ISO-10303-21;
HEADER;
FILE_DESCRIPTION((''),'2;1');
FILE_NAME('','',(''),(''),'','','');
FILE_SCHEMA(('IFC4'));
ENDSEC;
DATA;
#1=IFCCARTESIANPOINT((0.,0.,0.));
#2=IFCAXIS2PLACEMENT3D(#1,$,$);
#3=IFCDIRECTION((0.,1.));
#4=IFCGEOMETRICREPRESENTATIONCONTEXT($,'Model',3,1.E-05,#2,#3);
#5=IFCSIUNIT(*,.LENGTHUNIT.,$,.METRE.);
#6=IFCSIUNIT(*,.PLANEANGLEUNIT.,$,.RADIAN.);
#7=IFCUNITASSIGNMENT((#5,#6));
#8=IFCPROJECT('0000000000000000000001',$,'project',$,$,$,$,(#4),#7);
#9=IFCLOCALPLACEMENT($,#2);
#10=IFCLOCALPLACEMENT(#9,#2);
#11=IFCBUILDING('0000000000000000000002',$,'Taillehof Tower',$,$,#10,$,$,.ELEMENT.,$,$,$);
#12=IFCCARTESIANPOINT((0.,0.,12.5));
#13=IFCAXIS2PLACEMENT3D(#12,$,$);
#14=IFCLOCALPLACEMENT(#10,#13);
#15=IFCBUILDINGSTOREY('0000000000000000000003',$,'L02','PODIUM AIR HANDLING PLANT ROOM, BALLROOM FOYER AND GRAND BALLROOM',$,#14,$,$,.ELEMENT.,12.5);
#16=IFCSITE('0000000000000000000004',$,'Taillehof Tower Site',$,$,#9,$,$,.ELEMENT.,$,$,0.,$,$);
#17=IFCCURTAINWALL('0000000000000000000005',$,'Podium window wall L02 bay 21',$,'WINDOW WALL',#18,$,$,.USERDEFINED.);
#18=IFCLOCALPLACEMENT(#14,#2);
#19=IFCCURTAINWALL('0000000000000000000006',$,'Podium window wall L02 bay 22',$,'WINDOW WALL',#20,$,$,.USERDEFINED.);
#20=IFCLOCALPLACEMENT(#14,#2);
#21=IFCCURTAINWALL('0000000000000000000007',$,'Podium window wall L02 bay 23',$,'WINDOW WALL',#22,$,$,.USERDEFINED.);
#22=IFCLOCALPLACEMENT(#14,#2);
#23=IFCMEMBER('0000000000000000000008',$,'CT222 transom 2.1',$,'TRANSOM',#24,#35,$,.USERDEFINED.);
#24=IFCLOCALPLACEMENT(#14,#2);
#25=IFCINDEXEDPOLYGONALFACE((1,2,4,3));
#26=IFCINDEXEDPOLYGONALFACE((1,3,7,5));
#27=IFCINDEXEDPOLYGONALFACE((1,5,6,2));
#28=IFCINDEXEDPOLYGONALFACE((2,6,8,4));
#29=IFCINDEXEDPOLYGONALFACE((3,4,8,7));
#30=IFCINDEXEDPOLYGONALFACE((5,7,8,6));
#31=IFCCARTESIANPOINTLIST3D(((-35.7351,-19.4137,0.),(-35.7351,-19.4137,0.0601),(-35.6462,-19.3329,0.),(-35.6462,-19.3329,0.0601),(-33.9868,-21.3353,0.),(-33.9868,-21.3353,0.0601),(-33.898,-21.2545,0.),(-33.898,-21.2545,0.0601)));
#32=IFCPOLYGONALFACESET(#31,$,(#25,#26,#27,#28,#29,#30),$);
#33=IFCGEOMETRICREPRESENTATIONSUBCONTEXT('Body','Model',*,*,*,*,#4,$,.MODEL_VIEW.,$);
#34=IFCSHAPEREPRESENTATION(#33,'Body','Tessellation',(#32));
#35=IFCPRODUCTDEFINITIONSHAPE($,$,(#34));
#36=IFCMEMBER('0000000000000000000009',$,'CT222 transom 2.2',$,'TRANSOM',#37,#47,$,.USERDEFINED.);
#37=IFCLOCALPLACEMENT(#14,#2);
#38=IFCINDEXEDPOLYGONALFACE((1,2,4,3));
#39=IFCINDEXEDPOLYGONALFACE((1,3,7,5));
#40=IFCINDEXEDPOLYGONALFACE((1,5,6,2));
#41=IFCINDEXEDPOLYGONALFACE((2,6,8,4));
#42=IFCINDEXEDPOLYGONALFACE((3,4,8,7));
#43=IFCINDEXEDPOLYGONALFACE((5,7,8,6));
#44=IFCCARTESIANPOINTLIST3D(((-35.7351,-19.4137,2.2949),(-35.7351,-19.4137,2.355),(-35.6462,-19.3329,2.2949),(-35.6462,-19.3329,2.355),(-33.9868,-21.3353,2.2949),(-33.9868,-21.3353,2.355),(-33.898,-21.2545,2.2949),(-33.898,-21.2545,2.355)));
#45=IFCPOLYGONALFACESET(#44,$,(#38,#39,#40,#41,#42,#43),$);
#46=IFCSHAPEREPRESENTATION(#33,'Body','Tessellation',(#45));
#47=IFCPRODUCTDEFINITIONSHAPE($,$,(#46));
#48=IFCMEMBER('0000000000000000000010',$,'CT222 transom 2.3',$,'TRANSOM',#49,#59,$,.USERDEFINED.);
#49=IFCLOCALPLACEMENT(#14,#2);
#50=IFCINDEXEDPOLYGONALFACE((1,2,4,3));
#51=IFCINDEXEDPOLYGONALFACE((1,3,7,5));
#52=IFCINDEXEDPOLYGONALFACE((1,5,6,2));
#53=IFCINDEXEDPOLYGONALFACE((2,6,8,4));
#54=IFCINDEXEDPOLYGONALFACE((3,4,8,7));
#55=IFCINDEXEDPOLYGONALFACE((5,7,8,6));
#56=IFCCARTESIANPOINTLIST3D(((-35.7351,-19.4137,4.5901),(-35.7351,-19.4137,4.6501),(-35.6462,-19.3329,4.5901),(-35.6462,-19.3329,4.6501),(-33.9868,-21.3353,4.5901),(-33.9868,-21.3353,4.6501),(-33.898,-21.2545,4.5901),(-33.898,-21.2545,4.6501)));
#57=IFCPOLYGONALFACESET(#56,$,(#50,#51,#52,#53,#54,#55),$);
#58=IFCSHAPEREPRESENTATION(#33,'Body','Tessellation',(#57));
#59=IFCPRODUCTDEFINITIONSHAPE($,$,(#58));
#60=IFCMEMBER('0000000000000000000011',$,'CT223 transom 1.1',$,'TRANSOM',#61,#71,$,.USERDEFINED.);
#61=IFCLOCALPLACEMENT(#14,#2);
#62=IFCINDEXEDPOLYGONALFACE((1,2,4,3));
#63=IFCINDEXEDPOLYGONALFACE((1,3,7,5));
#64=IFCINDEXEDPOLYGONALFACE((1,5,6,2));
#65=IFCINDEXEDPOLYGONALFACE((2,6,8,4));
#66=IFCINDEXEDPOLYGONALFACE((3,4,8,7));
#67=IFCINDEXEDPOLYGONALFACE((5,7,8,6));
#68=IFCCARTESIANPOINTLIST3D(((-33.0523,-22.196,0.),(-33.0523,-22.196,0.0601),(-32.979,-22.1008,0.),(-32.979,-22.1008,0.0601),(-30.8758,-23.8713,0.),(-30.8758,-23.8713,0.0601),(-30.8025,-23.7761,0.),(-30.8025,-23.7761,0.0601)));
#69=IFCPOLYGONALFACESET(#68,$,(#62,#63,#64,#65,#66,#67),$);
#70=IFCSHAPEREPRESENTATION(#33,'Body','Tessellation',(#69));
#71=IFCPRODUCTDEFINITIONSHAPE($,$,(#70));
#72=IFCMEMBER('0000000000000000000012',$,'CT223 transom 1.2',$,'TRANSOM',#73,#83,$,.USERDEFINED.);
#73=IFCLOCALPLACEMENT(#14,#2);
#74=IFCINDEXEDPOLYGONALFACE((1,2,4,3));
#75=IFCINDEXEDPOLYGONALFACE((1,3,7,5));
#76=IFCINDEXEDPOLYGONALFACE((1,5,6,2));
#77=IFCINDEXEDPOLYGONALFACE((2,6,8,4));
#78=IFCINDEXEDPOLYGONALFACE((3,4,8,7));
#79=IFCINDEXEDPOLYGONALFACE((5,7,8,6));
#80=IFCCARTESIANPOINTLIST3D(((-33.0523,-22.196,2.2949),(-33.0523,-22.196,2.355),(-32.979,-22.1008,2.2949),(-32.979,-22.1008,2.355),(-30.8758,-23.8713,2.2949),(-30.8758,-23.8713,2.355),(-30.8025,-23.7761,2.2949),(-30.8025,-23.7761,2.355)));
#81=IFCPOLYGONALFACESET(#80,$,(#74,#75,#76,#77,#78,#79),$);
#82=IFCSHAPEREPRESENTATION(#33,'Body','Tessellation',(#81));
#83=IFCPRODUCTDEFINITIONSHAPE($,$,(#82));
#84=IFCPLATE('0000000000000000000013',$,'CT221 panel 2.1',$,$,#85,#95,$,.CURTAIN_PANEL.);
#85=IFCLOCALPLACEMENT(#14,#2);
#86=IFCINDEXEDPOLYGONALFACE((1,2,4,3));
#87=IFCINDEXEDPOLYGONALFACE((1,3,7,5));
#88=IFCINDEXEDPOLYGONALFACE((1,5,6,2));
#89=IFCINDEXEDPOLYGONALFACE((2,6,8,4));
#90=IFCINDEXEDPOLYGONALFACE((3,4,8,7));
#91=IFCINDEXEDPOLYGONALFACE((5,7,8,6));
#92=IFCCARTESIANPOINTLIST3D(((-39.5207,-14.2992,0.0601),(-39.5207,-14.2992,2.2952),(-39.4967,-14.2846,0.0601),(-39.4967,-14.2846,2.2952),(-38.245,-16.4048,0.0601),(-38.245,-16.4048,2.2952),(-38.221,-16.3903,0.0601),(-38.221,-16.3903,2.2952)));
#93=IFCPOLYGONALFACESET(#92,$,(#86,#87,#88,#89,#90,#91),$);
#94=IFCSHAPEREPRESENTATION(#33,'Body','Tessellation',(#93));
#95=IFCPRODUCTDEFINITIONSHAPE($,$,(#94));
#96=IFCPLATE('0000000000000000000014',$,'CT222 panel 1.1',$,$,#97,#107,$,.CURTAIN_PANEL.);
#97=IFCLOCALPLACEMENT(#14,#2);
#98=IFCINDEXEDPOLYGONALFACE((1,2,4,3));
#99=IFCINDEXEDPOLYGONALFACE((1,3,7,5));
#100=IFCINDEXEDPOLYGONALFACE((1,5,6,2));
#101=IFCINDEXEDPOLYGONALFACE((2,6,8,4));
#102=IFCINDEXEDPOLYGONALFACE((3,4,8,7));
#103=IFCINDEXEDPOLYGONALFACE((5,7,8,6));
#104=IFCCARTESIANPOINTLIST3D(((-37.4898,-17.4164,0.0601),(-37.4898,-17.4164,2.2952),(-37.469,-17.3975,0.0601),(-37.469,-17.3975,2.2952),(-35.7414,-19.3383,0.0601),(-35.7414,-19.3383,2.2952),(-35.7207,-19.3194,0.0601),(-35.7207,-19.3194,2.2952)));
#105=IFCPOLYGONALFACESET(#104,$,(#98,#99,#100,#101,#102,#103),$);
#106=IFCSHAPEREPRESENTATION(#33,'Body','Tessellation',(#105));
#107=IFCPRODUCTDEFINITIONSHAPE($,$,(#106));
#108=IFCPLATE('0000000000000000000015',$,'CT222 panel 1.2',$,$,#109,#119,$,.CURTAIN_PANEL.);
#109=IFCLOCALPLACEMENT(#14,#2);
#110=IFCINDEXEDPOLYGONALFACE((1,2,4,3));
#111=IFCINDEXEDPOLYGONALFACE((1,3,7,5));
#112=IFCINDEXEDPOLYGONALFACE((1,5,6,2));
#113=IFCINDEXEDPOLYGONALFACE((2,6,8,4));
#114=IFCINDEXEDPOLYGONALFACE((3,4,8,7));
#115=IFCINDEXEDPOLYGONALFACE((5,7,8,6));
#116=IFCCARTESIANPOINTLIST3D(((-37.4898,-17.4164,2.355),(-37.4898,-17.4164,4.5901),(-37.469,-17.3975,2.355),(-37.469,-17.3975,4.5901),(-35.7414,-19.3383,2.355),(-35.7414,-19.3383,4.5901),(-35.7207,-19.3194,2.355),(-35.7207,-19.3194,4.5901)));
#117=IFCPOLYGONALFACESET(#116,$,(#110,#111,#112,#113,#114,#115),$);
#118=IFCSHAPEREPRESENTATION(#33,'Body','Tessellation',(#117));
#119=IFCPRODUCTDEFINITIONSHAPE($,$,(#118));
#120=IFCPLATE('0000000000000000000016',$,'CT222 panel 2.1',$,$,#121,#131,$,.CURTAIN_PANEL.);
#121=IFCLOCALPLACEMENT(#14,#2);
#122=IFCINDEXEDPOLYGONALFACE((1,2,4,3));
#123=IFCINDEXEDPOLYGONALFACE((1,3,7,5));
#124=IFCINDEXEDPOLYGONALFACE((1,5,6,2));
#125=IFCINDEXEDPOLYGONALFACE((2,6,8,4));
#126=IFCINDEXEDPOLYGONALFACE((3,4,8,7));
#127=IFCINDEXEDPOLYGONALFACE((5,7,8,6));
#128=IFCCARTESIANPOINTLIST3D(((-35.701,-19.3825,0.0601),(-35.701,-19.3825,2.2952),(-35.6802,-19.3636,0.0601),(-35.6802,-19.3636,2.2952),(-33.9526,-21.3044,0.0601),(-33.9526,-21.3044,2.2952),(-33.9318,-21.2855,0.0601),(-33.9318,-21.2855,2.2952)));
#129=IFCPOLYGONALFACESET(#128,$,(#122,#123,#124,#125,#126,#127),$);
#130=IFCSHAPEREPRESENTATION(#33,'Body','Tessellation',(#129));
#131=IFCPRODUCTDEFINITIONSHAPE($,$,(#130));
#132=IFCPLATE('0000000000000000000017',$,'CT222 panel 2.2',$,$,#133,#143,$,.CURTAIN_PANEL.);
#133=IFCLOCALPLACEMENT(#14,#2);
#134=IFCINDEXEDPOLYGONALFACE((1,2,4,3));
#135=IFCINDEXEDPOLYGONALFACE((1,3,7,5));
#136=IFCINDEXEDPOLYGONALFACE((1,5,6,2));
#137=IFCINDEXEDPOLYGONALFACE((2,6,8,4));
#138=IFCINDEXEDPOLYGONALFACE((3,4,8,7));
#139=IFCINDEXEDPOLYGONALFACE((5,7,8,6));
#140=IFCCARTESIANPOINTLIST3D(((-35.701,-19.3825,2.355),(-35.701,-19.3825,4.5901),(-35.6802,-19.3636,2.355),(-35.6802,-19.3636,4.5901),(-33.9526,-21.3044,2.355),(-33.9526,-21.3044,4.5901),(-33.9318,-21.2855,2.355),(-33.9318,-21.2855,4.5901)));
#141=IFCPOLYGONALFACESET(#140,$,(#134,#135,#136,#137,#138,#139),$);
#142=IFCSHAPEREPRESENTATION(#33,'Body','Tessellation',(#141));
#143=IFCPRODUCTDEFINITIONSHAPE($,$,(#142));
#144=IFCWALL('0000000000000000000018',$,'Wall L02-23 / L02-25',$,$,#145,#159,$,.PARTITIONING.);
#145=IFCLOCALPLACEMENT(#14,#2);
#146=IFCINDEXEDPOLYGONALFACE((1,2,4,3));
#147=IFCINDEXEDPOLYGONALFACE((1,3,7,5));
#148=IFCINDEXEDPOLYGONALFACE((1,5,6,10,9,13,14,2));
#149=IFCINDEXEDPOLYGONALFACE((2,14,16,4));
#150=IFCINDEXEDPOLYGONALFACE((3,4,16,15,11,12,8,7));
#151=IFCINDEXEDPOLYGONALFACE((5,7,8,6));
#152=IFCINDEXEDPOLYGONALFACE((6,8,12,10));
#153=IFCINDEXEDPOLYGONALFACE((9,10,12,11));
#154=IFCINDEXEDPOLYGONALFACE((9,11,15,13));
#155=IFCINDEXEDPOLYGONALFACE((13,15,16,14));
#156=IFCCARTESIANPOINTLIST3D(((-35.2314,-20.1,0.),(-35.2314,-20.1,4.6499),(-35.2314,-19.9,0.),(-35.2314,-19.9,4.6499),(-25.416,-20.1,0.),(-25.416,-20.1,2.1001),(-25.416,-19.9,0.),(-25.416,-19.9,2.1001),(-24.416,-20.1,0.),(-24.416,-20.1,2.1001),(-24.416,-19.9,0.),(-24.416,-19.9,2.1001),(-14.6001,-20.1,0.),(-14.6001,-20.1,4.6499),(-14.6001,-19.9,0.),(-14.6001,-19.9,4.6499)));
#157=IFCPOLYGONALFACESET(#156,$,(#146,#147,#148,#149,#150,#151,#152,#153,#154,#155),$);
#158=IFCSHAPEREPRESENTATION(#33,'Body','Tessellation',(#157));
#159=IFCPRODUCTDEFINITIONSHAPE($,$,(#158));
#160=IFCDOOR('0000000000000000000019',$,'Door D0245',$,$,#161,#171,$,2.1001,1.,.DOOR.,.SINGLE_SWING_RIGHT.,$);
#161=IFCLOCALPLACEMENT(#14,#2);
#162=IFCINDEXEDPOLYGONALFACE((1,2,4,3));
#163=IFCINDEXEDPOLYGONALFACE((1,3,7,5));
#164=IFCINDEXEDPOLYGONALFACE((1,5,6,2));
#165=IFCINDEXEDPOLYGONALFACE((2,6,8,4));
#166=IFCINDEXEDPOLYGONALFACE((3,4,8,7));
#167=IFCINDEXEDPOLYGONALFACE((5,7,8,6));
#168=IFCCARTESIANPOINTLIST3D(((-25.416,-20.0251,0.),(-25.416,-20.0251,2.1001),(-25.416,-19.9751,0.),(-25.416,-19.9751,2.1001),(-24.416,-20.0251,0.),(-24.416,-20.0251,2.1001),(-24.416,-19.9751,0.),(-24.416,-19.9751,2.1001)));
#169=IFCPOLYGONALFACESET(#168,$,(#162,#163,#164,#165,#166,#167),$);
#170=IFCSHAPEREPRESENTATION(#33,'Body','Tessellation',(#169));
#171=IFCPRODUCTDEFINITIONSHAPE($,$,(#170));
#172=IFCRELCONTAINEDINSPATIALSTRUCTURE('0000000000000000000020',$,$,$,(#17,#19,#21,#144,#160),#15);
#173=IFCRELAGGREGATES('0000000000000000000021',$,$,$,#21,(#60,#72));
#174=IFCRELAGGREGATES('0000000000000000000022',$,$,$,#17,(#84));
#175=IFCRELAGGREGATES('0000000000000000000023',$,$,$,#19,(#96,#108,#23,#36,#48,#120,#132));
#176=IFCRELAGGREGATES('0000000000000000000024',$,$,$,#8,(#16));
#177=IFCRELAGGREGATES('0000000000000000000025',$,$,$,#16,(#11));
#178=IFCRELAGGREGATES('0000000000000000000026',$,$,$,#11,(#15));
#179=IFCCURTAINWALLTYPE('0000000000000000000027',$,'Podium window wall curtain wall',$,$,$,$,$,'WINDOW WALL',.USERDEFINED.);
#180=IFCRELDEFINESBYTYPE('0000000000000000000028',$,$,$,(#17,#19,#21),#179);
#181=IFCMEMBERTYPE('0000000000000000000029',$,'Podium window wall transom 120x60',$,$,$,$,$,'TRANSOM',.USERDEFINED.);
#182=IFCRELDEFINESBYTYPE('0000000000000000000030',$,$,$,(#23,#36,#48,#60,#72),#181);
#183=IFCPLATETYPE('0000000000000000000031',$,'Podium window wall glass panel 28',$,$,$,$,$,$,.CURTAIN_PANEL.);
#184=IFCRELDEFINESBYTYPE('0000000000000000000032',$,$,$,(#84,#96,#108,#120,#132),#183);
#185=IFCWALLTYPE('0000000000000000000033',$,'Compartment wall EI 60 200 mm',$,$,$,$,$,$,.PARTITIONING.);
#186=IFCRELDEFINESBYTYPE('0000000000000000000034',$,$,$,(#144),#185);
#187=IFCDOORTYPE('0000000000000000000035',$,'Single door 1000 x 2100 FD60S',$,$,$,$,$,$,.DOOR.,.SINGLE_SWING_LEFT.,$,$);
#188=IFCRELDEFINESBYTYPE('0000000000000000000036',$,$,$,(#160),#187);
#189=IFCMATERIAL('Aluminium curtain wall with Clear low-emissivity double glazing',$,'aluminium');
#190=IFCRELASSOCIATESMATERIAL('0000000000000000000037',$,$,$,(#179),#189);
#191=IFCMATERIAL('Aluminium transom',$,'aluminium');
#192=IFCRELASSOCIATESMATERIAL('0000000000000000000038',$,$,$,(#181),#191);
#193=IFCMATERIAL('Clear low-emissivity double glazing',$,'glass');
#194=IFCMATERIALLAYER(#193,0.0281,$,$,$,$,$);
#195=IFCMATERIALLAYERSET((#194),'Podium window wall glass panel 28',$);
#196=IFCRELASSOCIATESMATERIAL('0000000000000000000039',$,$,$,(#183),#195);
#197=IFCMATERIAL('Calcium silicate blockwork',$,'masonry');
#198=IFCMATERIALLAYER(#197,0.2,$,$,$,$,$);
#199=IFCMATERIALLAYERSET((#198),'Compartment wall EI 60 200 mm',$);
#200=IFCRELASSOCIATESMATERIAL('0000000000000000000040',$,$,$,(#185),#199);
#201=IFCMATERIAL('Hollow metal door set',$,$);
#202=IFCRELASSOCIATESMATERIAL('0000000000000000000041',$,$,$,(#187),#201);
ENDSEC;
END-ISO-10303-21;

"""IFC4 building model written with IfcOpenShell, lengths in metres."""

from ifc_helpers import new_model, si_unit, direction, frame, frame_2d, origin, origin_2d, place, context, subcontext, project, spatial, rectangle, extrude, material, layer, layer_set, material_profile, profile_set, type_object, element, fill, aggregate, save


model = new_model("IFC4")

# Units and contexts
model_context = context("Model", 3, precision=1e-05, world=origin(), true_north=direction((0.0, 1.0)))
body_context = subcontext(model_context, "Body", "Model", "MODEL_VIEW")
ifc_project = project(units=[si_unit("LENGTHUNIT", "METRE"), si_unit("PLANEANGLEUNIT", "RADIAN")], contexts=[model_context])

# Site, building, storey
site_placement = place(None, origin())
site = spatial("IfcSite", under=ifc_project, at=site_placement, Name="Taillehof Tower Site", CompositionType="ELEMENT", RefElevation=0.0)
building_placement = place(site_placement, origin())
building = spatial("IfcBuilding", under=site, at=building_placement, Name="Taillehof Tower", CompositionType="ELEMENT")
storey_placement = place(building_placement, frame((0.0, 0.0, 12.5)))
storey = spatial("IfcBuildingStorey", under=building, at=storey_placement, Name="L02", Description="PODIUM AIR HANDLING PLANT ROOM, BALLROOM FOYER AND GRAND BALLROOM", CompositionType="ELEMENT", Elevation=12.5)

# Curtain wall
ifc_material_1 = material(Name="Aluminium curtain wall with Clear low-emissivity double glazing", Category="aluminium")
curtain_wall_type = type_object("IfcCurtainWallType", Name="Podium window wall curtain wall", ElementType="WINDOW WALL", PredefinedType="USERDEFINED", material=ifc_material_1)
curtain_wall_1_placement = place(storey_placement, origin())
curtain_wall_1 = element("IfcCurtainWall", 1, at=curtain_wall_1_placement, inside=storey, type_object=curtain_wall_type, Name="Podium window wall L02 bay 21", ObjectType="WINDOW WALL", PredefinedType="USERDEFINED")

# Curtain wall
curtain_wall_2_placement = place(storey_placement, origin())
curtain_wall_2 = element("IfcCurtainWall", 2, at=curtain_wall_2_placement, inside=storey, type_object=curtain_wall_type, Name="Podium window wall L02 bay 22", ObjectType="WINDOW WALL", PredefinedType="USERDEFINED")

# Curtain wall
curtain_wall_3_placement = place(storey_placement, origin())
curtain_wall_3 = element("IfcCurtainWall", 3, at=curtain_wall_3_placement, inside=storey, type_object=curtain_wall_type, Name="Podium window wall L02 bay 23", ObjectType="WINDOW WALL", PredefinedType="USERDEFINED")

# Members
ifc_material_2 = material(Name="Aluminium transom", Category="aluminium")
ifc_material_profile_1 = material_profile(ifc_material_2, rectangle(XDim=0.1201, YDim=0.0601, at=origin_2d()), Name="AL 120x60")
ifc_profile_set_1 = profile_set([ifc_material_profile_1], Name="Aluminium transom")
member_type_1 = type_object("IfcMemberType", Name="Podium window wall transom 120x60", ElementType="TRANSOM", PredefinedType="USERDEFINED", material=ifc_profile_set_1)
member_1_placement = place(storey_placement, frame((-35.6907, -19.3733, 0.03), z_axis=(0.672958, -0.739681, 0.0), x_axis=(0.739681, 0.672958, 0.0)))
member_1 = element("IfcMember", 4, at=member_1_placement, type_object=member_type_1, Name="CT222 transom 2.1", ObjectType="TRANSOM", PredefinedType="USERDEFINED", context=body_context, shape_type="SweptSolid", body=[
    extrude(rectangle(XDim=0.1201, YDim=0.0601, at=origin_2d()), origin(), (0.0, 0.0, 1.0), 2.5979),
])
member_2_placement = place(storey_placement, frame((-35.6907, -19.3733, 2.325), z_axis=(0.672958, -0.739681, 0.0), x_axis=(0.739681, 0.672958, 0.0)))
member_2 = element("IfcMember", 5, at=member_2_placement, type_object=member_type_1, Name="CT222 transom 2.2", ObjectType="TRANSOM", PredefinedType="USERDEFINED", context=body_context, shape_type="SweptSolid", body=[
    extrude(rectangle(XDim=0.1201, YDim=0.0601, at=origin_2d()), origin(), (0.0, 0.0, 1.0), 2.5979),
])
member_3_placement = place(storey_placement, frame((-35.6907, -19.3733, 4.6201), z_axis=(0.672958, -0.739681, 0.0), x_axis=(0.739681, 0.672958, 0.0)))
member_3 = element("IfcMember", 6, at=member_3_placement, type_object=member_type_1, Name="CT222 transom 2.3", ObjectType="TRANSOM", PredefinedType="USERDEFINED", context=body_context, shape_type="SweptSolid", body=[
    extrude(rectangle(XDim=0.1201, YDim=0.0601, at=origin_2d()), origin(), (0.0, 0.0, 1.0), 2.5979),
])
member_4_placement = place(storey_placement, frame((-33.0156, -22.1484, 0.03), z_axis=(0.792439, -0.609951, 0.0), x_axis=(0.609951, 0.792439, 0.0)))
member_4 = element("IfcMember", 7, at=member_4_placement, type_object=member_type_1, Name="CT223 transom 1.1", ObjectType="TRANSOM", PredefinedType="USERDEFINED", context=body_context, shape_type="SweptSolid", body=[
    extrude(rectangle(XDim=0.1201, YDim=0.0601, at=origin_2d()), origin(), (0.0, 0.0, 1.0), 2.7466),
])
member_5_placement = place(storey_placement, frame((-33.0156, -22.1484, 2.325), z_axis=(0.792439, -0.609951, 0.0), x_axis=(0.609951, 0.792439, 0.0)))
member_5 = element("IfcMember", 8, at=member_5_placement, type_object=member_type_1, Name="CT223 transom 1.2", ObjectType="TRANSOM", PredefinedType="USERDEFINED", context=body_context, shape_type="SweptSolid", body=[
    extrude(rectangle(XDim=0.1201, YDim=0.0601, at=origin_2d()), origin(), (0.0, 0.0, 1.0), 2.7466),
])
aggregate(curtain_wall_3, [member_4, member_5])

# Plates
ifc_material_3 = material(Name="Clear low-emissivity double glazing", Category="glass")
ifc_layer_1 = layer(ifc_material_3, 0.0281)
ifc_layer_set_1 = layer_set([ifc_layer_1], Name="Podium window wall glass panel 28")
plate_type = type_object("IfcPlateType", Name="Podium window wall glass panel 28", PredefinedType="CURTAIN_PANEL", material=ifc_layer_set_1)
plate_1_placement = place(storey_placement, frame((-38.8708, -15.3447, 0.0601), z_axis=(0.0, 0.0, 1.0), x_axis=(0.518151, -0.855289, 0.0)))
plate_1 = element("IfcPlate", 9, at=plate_1_placement, type_object=plate_type, Name="CT221 panel 2.1", PredefinedType="CURTAIN_PANEL", context=body_context, shape_type="SweptSolid", body=[
    extrude(rectangle(XDim=2.4619, YDim=0.0281, at=origin_2d()), origin(), (0.0, 0.0, 1.0), 2.2351),
])
aggregate(curtain_wall_1, [plate_1])
plate_2_placement = place(storey_placement, frame((-36.6052, -18.3679, 0.0601), z_axis=(0.0, 0.0, 1.0), x_axis=(0.672929, -0.739707, 0.0)))
plate_2 = element("IfcPlate", 10, at=plate_2_placement, type_object=plate_type, Name="CT222 panel 1.1", PredefinedType="CURTAIN_PANEL", context=body_context, shape_type="SweptSolid", body=[
    extrude(rectangle(XDim=2.5981, YDim=0.0281, at=origin_2d()), origin(), (0.0, 0.0, 1.0), 2.2351),
])
plate_3_placement = place(storey_placement, frame((-36.6052, -18.3679, 2.355), z_axis=(0.0, 0.0, 1.0), x_axis=(0.672929, -0.739707, 0.0)))
plate_3 = element("IfcPlate", 11, at=plate_3_placement, type_object=plate_type, Name="CT222 panel 1.2", PredefinedType="CURTAIN_PANEL", context=body_context, shape_type="SweptSolid", body=[
    extrude(rectangle(XDim=2.5981, YDim=0.0281, at=origin_2d()), origin(), (0.0, 0.0, 1.0), 2.2351),
])
plate_4_placement = place(storey_placement, frame((-34.8164, -20.334, 0.0601), z_axis=(0.0, 0.0, 1.0), x_axis=(0.672929, -0.739707, 0.0)))
plate_4 = element("IfcPlate", 12, at=plate_4_placement, type_object=plate_type, Name="CT222 panel 2.1", PredefinedType="CURTAIN_PANEL", context=body_context, shape_type="SweptSolid", body=[
    extrude(rectangle(XDim=2.5981, YDim=0.0281, at=origin_2d()), origin(), (0.0, 0.0, 1.0), 2.2351),
])
plate_5_placement = place(storey_placement, frame((-34.8164, -20.334, 2.355), z_axis=(0.0, 0.0, 1.0), x_axis=(0.672929, -0.739707, 0.0)))
plate_5 = element("IfcPlate", 13, at=plate_5_placement, type_object=plate_type, Name="CT222 panel 2.2", PredefinedType="CURTAIN_PANEL", context=body_context, shape_type="SweptSolid", body=[
    extrude(rectangle(XDim=2.5981, YDim=0.0281, at=origin_2d()), origin(), (0.0, 0.0, 1.0), 2.2351),
])
aggregate(curtain_wall_2, [plate_2, plate_3, member_1, member_2, member_3, plate_4, plate_5])

# Wall, opening, door
ifc_material_4 = material(Name="Calcium silicate blockwork", Category="masonry")
ifc_layer_2 = layer(ifc_material_4, 0.2)
ifc_layer_set_2 = layer_set([ifc_layer_2], Name="Compartment wall EI 60 200 mm")
wall_type = type_object("IfcWallType", Name="Compartment wall EI 60 200 mm", PredefinedType="PARTITIONING", material=ifc_layer_set_2)
wall_1_placement = place(storey_placement, frame((-35.2314, -20.0, 0.0), z_axis=(0.0, 0.0, 1.0), x_axis=(1.0, 0.0, 0.0)))
wall_1 = element("IfcWall", 14, at=wall_1_placement, inside=storey, type_object=wall_type, Name="Wall L02-23 / L02-25", PredefinedType="PARTITIONING", context=body_context, shape_type="SweptSolid", body=[
    extrude(rectangle(XDim=20.6313, YDim=0.2, at=frame_2d((10.3157, 0.0))), origin(), (0.0, 0.0, 1.0), 4.6499),
])
opening_1_placement = place(wall_1_placement, frame((9.8154, 0.0, 0.0)))
opening_1 = element("IfcOpeningElement", 15, at=opening_1_placement, cuts=wall_1, PredefinedType="OPENING", context=body_context, shape_type="SweptSolid", body=[
    extrude(rectangle(XDim=1.0, YDim=2.1001, at=frame_2d((0.5, 1.05))), frame((0.0, 0.1099, 0.0), z_axis=(0.0, -1.0, 0.0), x_axis=(1.0, 0.0, 0.0)), (0.0, 0.0, 1.0), 0.22),
])
ifc_material_5 = material(Name="Hollow metal door set")
door_type = type_object("IfcDoorType", Name="Single door 1000 x 2100 FD60S", OperationType="SINGLE_SWING_LEFT", PredefinedType="DOOR", material=ifc_material_5)
door_1_placement = place(opening_1_placement, origin())
door_1 = element("IfcDoor", 16, at=door_1_placement, inside=storey, type_object=door_type, Name="Door D0245", OperationType="SINGLE_SWING_RIGHT", OverallHeight=2.1001, OverallWidth=1.0, PredefinedType="DOOR", context=body_context, shape_type="SweptSolid", body=[
    extrude(rectangle(XDim=1.0, YDim=2.1001, at=frame_2d((0.5, 1.05))), frame((0.0, 0.0249, 0.0), z_axis=(0.0, -1.0, 0.0), x_axis=(1.0, 0.0, 0.0)), (0.0, 0.0, 1.0), 0.05),
])
fill(opening_1, door_1)

save(model, "model.ifc")
